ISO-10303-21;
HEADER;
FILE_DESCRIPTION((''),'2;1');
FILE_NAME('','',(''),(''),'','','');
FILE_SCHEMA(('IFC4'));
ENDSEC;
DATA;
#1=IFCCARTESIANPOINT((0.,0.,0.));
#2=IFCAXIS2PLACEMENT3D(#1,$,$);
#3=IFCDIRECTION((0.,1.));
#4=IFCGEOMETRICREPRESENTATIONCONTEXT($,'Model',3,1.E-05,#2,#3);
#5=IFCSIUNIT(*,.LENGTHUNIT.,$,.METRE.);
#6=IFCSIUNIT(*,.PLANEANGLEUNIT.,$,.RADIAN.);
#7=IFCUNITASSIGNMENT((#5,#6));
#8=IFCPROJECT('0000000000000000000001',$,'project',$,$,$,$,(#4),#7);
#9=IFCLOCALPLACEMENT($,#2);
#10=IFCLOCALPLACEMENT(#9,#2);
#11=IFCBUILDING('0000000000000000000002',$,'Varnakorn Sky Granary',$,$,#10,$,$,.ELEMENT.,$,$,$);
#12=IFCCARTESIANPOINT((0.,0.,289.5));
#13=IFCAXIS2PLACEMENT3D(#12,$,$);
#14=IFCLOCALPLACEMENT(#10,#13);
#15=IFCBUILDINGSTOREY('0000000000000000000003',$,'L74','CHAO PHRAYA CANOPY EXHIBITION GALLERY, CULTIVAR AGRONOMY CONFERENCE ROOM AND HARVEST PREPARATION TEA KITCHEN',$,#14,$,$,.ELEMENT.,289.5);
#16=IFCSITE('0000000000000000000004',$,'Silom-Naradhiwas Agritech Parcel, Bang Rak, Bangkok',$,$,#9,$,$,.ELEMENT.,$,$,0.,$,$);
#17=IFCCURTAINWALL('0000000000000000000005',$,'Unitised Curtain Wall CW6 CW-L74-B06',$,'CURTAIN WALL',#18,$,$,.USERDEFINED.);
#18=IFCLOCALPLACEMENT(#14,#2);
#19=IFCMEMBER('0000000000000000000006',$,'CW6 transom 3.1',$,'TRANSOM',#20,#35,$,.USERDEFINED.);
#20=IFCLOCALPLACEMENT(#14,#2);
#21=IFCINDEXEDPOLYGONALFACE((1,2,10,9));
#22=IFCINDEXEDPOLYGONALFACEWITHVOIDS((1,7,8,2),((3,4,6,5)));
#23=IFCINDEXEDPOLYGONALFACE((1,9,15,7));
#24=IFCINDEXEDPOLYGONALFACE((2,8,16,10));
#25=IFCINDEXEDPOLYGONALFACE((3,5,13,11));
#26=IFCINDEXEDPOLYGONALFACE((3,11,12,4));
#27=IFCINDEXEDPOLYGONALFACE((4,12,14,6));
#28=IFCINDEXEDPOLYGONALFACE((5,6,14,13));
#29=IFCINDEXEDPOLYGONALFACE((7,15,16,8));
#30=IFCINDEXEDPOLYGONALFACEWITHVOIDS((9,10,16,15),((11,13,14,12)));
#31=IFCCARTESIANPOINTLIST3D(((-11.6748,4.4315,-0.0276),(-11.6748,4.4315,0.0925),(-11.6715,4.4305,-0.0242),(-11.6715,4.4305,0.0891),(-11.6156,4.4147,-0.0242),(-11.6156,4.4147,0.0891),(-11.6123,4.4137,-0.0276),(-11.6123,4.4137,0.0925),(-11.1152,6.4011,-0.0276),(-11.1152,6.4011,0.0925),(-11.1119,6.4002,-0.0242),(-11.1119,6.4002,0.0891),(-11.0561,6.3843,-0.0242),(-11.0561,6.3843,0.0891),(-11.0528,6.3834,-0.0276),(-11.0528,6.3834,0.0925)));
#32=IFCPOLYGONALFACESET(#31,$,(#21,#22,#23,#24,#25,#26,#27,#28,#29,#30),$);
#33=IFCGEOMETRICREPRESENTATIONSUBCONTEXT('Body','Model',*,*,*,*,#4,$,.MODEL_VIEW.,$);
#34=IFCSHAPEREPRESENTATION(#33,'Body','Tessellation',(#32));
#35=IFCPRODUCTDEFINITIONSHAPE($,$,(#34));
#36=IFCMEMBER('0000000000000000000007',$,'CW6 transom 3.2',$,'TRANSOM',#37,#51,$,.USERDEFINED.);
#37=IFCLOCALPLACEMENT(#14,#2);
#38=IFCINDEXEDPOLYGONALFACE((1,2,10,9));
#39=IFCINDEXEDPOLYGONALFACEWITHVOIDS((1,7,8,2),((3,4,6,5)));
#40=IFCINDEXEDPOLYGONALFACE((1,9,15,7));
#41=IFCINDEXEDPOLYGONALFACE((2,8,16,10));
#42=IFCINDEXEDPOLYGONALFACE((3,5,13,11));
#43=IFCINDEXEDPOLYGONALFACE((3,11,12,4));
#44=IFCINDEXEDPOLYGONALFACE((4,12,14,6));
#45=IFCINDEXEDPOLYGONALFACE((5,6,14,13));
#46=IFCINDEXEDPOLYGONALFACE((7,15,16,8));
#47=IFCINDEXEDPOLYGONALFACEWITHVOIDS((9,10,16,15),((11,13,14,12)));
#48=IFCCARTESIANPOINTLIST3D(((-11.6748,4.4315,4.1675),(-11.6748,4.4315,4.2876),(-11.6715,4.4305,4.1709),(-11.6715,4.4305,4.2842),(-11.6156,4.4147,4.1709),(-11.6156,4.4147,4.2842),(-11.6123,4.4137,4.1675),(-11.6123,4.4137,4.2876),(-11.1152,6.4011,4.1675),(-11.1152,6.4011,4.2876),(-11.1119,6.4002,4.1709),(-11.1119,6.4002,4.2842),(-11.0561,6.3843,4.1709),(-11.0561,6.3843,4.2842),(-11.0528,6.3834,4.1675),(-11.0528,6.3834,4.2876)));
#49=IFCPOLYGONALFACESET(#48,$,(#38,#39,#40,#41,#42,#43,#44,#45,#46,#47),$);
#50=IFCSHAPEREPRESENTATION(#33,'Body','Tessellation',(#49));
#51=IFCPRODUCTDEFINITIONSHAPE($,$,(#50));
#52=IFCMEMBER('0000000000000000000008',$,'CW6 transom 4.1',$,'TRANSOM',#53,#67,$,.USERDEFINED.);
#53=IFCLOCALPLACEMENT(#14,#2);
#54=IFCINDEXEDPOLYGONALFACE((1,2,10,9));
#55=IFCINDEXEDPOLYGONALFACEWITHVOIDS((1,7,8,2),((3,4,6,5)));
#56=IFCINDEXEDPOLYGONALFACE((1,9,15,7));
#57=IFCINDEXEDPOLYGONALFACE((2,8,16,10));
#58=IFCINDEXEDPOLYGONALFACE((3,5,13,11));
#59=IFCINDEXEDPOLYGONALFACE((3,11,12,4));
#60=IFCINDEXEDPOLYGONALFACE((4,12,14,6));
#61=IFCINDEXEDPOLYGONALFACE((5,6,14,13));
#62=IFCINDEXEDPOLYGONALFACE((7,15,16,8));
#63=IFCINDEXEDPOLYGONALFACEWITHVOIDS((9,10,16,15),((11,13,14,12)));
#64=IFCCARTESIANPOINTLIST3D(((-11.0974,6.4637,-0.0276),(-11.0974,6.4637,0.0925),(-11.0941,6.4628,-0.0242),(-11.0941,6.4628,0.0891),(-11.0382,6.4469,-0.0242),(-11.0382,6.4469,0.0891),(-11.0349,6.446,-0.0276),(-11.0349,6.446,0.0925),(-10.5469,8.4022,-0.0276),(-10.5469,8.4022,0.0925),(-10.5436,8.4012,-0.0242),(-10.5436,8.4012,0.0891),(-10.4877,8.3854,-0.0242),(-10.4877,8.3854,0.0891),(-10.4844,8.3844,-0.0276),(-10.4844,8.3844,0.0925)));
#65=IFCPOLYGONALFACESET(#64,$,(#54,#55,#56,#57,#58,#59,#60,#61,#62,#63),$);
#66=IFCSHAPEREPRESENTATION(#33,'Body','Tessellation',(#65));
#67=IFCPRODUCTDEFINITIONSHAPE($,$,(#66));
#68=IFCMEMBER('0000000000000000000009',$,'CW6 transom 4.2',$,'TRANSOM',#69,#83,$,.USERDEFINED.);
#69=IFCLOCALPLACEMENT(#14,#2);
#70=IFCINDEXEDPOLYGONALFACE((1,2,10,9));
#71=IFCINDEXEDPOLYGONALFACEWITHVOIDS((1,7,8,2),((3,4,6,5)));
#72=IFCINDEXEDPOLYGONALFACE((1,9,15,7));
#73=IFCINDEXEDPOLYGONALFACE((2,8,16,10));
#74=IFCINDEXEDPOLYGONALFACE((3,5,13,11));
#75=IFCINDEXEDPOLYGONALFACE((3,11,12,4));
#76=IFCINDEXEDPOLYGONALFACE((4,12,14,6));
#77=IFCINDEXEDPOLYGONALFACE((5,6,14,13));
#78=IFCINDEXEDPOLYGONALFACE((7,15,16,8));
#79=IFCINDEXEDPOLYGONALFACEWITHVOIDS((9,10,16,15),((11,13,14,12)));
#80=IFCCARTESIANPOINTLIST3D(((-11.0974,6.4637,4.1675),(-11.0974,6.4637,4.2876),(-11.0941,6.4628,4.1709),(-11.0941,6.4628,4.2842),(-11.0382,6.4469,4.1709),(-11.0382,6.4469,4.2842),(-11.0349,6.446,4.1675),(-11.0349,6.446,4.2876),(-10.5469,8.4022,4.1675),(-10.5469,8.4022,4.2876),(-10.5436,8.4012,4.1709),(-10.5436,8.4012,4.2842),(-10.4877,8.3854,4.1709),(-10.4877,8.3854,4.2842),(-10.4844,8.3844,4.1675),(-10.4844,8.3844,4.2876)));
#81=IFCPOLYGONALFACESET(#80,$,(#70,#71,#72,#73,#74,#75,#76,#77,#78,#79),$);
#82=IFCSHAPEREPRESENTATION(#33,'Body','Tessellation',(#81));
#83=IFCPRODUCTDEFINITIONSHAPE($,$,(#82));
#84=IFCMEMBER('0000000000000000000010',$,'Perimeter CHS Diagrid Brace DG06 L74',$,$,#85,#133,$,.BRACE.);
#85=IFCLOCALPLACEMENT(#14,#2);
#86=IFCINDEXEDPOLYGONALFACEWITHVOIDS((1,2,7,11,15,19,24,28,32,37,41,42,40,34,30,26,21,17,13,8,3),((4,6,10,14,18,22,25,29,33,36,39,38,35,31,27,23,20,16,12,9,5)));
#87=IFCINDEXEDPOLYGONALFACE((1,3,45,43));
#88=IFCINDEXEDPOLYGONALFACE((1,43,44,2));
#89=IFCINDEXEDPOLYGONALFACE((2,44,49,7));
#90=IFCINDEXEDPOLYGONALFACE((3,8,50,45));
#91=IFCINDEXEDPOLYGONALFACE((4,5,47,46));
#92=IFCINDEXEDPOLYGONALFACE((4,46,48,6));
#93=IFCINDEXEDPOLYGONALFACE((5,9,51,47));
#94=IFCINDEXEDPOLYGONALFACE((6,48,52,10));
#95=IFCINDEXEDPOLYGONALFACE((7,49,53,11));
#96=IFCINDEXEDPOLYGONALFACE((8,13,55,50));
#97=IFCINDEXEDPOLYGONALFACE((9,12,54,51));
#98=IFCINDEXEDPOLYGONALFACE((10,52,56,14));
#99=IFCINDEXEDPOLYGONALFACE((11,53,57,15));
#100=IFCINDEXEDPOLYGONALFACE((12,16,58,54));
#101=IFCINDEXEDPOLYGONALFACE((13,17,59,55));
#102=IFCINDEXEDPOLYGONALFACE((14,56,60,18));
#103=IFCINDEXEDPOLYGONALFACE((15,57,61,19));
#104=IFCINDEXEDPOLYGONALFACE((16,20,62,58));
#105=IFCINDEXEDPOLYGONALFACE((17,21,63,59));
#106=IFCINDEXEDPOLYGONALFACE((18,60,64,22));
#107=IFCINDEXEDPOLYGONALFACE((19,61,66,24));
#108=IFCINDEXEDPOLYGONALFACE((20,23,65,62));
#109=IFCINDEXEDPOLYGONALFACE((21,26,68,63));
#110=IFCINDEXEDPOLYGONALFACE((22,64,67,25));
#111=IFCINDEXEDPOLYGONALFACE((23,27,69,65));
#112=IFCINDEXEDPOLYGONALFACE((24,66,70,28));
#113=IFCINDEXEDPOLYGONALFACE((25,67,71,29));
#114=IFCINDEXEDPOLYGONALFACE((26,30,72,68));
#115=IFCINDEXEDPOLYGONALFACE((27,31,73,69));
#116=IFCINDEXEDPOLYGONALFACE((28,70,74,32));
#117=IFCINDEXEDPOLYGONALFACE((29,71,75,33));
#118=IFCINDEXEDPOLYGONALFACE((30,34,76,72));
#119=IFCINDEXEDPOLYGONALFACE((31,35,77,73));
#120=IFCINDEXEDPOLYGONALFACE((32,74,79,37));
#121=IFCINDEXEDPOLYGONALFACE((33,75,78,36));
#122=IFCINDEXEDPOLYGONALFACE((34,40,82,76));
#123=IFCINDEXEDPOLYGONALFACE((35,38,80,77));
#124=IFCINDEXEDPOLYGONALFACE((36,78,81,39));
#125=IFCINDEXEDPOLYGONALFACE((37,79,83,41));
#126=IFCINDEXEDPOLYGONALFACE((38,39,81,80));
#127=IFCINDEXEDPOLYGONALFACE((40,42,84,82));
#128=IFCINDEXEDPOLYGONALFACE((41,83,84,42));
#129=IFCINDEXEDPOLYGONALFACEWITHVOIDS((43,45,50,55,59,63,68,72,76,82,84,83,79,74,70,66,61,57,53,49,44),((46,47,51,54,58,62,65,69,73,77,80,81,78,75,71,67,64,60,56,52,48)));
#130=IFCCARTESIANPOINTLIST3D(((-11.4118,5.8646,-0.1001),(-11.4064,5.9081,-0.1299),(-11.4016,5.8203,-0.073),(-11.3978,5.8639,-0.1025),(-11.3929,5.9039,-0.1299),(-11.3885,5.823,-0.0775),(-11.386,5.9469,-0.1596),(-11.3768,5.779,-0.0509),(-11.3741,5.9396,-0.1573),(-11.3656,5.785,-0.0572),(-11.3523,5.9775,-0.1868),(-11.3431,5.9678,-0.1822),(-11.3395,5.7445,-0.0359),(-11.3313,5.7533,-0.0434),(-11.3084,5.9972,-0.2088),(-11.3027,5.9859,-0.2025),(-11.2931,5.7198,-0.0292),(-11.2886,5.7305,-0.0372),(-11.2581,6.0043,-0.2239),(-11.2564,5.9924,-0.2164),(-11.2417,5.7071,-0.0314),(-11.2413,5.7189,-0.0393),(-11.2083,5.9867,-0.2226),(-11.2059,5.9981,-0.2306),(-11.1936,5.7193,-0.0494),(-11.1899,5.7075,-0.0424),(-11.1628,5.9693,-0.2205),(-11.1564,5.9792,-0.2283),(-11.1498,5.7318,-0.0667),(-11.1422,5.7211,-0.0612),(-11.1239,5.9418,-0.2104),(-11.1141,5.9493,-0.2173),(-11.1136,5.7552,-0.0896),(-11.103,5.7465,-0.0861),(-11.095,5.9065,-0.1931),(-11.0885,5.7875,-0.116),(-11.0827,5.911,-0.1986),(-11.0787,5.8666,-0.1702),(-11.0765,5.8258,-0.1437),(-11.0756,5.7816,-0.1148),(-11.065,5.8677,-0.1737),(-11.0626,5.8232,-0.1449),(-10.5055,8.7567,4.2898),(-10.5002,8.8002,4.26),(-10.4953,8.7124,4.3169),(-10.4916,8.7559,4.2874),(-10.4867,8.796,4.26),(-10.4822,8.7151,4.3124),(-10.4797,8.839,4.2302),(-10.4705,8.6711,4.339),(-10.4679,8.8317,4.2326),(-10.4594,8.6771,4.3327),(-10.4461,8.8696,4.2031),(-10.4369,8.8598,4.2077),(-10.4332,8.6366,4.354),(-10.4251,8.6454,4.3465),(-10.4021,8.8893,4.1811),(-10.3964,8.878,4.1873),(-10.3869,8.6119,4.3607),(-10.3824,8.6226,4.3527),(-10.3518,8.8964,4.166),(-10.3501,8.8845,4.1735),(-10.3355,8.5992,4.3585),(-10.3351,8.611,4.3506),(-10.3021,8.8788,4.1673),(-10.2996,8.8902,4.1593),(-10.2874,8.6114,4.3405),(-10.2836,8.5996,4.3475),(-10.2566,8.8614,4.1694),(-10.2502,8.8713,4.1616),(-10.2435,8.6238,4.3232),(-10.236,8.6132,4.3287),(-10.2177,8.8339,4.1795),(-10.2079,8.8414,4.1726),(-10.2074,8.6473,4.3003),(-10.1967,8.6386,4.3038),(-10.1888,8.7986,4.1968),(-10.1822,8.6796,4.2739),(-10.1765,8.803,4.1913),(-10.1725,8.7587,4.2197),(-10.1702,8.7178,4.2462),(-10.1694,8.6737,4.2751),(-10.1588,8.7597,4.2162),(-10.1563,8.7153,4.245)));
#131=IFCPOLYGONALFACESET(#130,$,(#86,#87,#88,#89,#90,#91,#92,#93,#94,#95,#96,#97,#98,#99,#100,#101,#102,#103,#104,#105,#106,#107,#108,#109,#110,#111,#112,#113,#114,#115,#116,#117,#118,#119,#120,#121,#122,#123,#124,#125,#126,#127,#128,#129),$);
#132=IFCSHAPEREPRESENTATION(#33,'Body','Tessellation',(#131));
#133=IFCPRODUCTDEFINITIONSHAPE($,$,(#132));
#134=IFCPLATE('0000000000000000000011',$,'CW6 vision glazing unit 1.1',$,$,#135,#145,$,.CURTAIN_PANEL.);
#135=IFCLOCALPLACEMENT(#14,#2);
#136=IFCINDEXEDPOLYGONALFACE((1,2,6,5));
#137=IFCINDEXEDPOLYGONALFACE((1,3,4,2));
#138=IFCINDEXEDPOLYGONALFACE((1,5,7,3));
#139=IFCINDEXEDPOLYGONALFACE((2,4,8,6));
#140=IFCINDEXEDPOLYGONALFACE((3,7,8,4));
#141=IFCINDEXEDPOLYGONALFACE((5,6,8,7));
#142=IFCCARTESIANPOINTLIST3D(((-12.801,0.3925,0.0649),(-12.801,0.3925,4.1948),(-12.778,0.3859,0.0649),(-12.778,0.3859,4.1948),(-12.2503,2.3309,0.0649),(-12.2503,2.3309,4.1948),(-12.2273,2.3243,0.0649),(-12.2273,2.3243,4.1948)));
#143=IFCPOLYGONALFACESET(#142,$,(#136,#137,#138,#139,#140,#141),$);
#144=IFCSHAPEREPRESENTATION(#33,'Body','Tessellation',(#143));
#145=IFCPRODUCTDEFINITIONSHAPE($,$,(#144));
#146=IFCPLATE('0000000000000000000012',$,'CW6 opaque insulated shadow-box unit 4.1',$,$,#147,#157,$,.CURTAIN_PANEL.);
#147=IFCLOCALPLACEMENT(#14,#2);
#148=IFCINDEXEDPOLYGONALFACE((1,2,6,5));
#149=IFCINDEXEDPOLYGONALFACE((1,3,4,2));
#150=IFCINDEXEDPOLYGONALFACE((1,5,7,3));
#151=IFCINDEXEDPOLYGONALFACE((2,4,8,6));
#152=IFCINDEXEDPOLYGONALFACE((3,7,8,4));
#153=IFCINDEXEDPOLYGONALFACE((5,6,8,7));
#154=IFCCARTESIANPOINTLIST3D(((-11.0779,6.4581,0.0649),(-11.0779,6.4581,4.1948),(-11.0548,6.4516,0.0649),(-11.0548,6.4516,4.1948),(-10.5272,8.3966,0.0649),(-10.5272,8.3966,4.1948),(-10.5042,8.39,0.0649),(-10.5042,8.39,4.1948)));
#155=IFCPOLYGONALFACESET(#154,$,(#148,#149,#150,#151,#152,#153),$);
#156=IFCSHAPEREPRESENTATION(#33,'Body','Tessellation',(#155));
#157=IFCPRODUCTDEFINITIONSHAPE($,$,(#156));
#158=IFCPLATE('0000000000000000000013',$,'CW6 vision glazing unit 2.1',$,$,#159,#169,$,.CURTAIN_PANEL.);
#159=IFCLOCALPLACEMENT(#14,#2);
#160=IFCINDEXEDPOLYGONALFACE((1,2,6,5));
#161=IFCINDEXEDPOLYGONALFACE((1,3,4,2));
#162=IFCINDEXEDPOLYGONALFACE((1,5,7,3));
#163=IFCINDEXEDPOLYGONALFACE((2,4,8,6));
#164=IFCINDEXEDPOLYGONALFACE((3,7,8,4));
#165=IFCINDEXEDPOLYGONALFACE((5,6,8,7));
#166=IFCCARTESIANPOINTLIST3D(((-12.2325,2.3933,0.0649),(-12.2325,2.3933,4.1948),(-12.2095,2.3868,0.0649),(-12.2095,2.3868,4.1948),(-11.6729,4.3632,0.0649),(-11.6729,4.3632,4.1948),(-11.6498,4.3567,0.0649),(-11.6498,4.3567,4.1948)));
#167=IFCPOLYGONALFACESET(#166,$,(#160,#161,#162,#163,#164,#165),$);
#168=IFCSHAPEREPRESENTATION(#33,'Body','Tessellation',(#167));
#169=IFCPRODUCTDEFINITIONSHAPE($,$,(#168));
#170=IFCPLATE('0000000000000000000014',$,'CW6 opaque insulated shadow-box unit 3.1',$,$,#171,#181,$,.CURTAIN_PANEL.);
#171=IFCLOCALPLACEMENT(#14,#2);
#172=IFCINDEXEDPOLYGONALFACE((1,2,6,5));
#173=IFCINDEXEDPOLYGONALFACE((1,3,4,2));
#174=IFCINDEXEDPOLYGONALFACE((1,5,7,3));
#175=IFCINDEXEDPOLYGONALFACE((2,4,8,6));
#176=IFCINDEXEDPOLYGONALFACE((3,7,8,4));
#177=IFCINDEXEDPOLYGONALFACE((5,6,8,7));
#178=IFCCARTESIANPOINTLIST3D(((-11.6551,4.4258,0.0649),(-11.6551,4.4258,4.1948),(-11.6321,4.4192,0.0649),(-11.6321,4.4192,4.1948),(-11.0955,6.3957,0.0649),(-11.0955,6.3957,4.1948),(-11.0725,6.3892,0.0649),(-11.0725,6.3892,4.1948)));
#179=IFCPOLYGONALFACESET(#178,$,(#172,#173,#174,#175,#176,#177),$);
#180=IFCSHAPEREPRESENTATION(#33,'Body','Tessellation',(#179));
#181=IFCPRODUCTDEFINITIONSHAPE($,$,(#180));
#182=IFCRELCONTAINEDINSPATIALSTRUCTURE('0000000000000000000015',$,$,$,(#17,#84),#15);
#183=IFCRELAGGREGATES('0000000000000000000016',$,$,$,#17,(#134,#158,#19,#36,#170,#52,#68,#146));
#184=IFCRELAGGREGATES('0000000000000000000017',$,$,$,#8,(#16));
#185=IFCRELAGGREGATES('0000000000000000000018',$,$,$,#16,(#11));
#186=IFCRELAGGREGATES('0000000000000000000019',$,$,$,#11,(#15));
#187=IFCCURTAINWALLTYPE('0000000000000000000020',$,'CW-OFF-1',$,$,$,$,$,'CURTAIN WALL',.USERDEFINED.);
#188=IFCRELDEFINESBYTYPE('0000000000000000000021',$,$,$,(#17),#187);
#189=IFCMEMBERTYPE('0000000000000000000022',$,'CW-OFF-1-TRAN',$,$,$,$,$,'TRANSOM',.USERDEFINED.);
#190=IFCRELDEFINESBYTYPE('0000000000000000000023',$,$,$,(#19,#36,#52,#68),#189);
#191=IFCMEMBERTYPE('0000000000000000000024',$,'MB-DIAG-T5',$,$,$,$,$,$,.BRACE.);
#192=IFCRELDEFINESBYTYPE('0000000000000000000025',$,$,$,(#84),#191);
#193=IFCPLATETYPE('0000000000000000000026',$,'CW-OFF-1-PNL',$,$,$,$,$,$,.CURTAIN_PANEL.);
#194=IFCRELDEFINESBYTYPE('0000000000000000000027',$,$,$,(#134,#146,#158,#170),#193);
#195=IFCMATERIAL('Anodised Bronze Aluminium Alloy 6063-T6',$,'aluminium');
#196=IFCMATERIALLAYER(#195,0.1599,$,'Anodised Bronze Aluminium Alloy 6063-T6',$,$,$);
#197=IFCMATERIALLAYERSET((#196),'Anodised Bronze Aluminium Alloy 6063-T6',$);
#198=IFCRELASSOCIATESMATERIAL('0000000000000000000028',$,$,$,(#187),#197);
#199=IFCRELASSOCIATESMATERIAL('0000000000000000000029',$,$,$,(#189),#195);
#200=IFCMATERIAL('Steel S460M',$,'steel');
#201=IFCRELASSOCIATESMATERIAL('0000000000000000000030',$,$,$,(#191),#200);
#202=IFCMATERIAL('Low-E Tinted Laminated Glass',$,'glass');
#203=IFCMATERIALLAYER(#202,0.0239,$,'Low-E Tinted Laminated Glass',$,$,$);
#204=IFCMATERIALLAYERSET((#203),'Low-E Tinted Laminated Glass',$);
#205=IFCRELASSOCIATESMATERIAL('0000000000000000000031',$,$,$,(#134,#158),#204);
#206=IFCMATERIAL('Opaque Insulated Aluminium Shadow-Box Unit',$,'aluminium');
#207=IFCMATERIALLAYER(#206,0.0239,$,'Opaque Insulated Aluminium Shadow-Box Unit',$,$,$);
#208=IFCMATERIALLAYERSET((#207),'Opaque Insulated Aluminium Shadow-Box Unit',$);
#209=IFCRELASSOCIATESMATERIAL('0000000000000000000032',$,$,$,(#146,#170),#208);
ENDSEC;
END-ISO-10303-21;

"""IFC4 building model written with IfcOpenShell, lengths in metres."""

from ifc_helpers import new_model, si_unit, direction, frame, origin, origin_2d, place, context, subcontext, project, spatial, rectangle, hollow_rectangle, hollow_circle, extrude, source, transform, mapped, material, layer, layer_set, material_profile, profile_set, type_object, type_shapes, element, aggregate, save


model = new_model("IFC4")

# Units and contexts
model_context = context("Model", 3, precision=1e-05, world=origin(), true_north=direction((0.0, 1.0)))
body_context = subcontext(model_context, "Body", "Model", "MODEL_VIEW")
ifc_project = project(units=[si_unit("LENGTHUNIT", "METRE"), si_unit("PLANEANGLEUNIT", "RADIAN")], contexts=[model_context])

# Site, building, storey
site_placement = place(None, origin())
site = spatial("IfcSite", under=ifc_project, at=site_placement, Name="Silom-Naradhiwas Agritech Parcel, Bang Rak, Bangkok", CompositionType="ELEMENT", RefElevation=0.0)
building_placement = place(site_placement, origin())
building = spatial("IfcBuilding", under=site, at=building_placement, Name="Varnakorn Sky Granary", CompositionType="ELEMENT")
storey_placement = place(building_placement, frame((0.0, 0.0, 289.5)))
storey = spatial("IfcBuildingStorey", under=building, at=storey_placement, Name="L74", Description="CHAO PHRAYA CANOPY EXHIBITION GALLERY, CULTIVAR AGRONOMY CONFERENCE ROOM AND HARVEST PREPARATION TEA KITCHEN", CompositionType="ELEMENT", Elevation=289.5)

# Curtain wall, members
ifc_material_1 = material(Name="Anodised Bronze Aluminium Alloy 6063-T6", Category="aluminium")
ifc_layer_1 = layer(ifc_material_1, 0.1599, Name="Anodised Bronze Aluminium Alloy 6063-T6")
ifc_layer_set_1 = layer_set([ifc_layer_1], Name="Anodised Bronze Aluminium Alloy 6063-T6")
curtain_wall_type = type_object("IfcCurtainWallType", Name="CW-OFF-1", ElementType="CURTAIN WALL", PredefinedType="USERDEFINED", material=ifc_layer_set_1)
curtain_wall_placement = place(storey_placement, origin())
curtain_wall = element("IfcCurtainWall", 1, at=curtain_wall_placement, inside=storey, type_object=curtain_wall_type, Name="Unitised Curtain Wall CW6 CW-L74-B06", ObjectType="CURTAIN WALL", PredefinedType="USERDEFINED")
ifc_material_profile_1 = material_profile(ifc_material_1, hollow_rectangle(XDim=0.0649, YDim=0.1201, WallThickness=0.0034, at=origin_2d()), Name="ALU TRAN 65x120")
ifc_profile_set_1 = profile_set([ifc_material_profile_1], Name="Anodised Bronze Aluminium Alloy 6063-T6")
member_type_1 = type_object("IfcMemberType", Name="CW-OFF-1-TRAN", ElementType="TRANSOM", PredefinedType="USERDEFINED", material=ifc_profile_set_1)
member_1_placement = place(storey_placement, frame((-11.6436, 4.4226, 0.0325), z_axis=(0.273272, 0.961937, 0.0), x_axis=(-0.961937, 0.273272, 0.0)))
member_1 = element("IfcMember", 2, at=member_1_placement, type_object=member_type_1, Name="CW6 transom 3.1", ObjectType="TRANSOM", PredefinedType="USERDEFINED", context=body_context, shape_type="SweptSolid", body=[
    extrude(hollow_rectangle(XDim=0.0649, YDim=0.1201, WallThickness=0.0034, at=origin_2d()), origin(), (0.0, 0.0, 1.0), 2.0476),
])
member_2_placement = place(storey_placement, frame((-11.6436, 4.4226, 4.2275), z_axis=(0.273272, 0.961937, 0.0), x_axis=(-0.961937, 0.273272, 0.0)))
member_2 = element("IfcMember", 3, at=member_2_placement, type_object=member_type_1, Name="CW6 transom 3.2", ObjectType="TRANSOM", PredefinedType="USERDEFINED", context=body_context, shape_type="SweptSolid", body=[
    extrude(hollow_rectangle(XDim=0.0649, YDim=0.1201, WallThickness=0.0034, at=origin_2d()), origin(), (0.0, 0.0, 1.0), 2.0476),
])
member_3_placement = place(storey_placement, frame((-11.0662, 6.4548, 0.0325), z_axis=(0.273201, 0.961957, 0.0), x_axis=(-0.961957, 0.273201, 0.0)))
member_3 = element("IfcMember", 4, at=member_3_placement, type_object=member_type_1, Name="CW6 transom 4.1", ObjectType="TRANSOM", PredefinedType="USERDEFINED", context=body_context, shape_type="SweptSolid", body=[
    extrude(hollow_rectangle(XDim=0.0649, YDim=0.1201, WallThickness=0.0034, at=origin_2d()), origin(), (0.0, 0.0, 1.0), 2.0151),
])
member_4_placement = place(storey_placement, frame((-11.0662, 6.4548, 4.2275), z_axis=(0.273201, 0.961957, 0.0), x_axis=(-0.961957, 0.273201, 0.0)))
member_4 = element("IfcMember", 5, at=member_4_placement, type_object=member_type_1, Name="CW6 transom 4.2", ObjectType="TRANSOM", PredefinedType="USERDEFINED", context=body_context, shape_type="SweptSolid", body=[
    extrude(hollow_rectangle(XDim=0.0649, YDim=0.1201, WallThickness=0.0034, at=origin_2d()), origin(), (0.0, 0.0, 1.0), 2.0151),
])

# Member
ifc_material_2 = material(Name="Steel S460M", Category="steel")
ifc_material_profile_2 = material_profile(ifc_material_2, hollow_circle(Radius=0.1777, WallThickness=0.0142, at=origin_2d()), Name="CHS 355.6x14")
ifc_profile_set_2 = profile_set([ifc_material_profile_2], Name="Steel S460M")
member_type_2 = type_object("IfcMemberType", Name="MB-DIAG-T5", PredefinedType="BRACE", material=ifc_profile_set_2)
member_5_placement = place(storey_placement, frame((-11.2368, 5.855, -0.1299), z_axis=(0.169885, 0.542151, 0.822929), x_axis=(-0.954247, 0.299018, 0.0)))
element("IfcMember", 6, at=member_5_placement, inside=storey, type_object=member_type_2, Name="Perimeter CHS Diagrid Brace DG06 L74", PredefinedType="BRACE", context=body_context, shape_type="SweptSolid", body=[
    extrude(hollow_circle(Radius=0.1777, WallThickness=0.0142, at=origin_2d()), origin(), (0.0, 0.0, 1.0), 5.3345),
])

# Plates
ifc_material_3 = material(Name="Low-E Tinted Laminated Glass", Category="glass")
ifc_layer_2 = layer(ifc_material_3, 0.0239, Name="Low-E Tinted Laminated Glass")
ifc_layer_set_2 = layer_set([ifc_layer_2], Name="Low-E Tinted Laminated Glass")
plate_type = type_object("IfcPlateType", Name="CW-OFF-1-PNL", PredefinedType="CURTAIN_PANEL")
shared_shape_1 = source(origin(), body_context, "Body", "SweptSolid", [
    extrude(rectangle(XDim=2.0151, YDim=0.0239, at=origin_2d()), origin(), (0.0, 0.0, 1.0), 4.1299),
])
plate_1_placement = place(storey_placement, frame((-12.5142, 1.3584, 0.0649), z_axis=(0.0, 0.0, 1.0), x_axis=(0.27327, 0.961937, 0.0)))
plate_1 = element("IfcPlate", 7, at=plate_1_placement, type_object=plate_type, material=ifc_layer_set_2, Name="CW6 vision glazing unit 1.1", PredefinedType="CURTAIN_PANEL", context=body_context, shape_type="MappedRepresentation", body=[
    mapped(shared_shape_1, transform((0.0, 0.0, 0.0), x_axis=(1.0, 0.0, 0.0), y_axis=(0.0, 1.0, 0.0), z_axis=(0.0, 0.0, 1.0), scale=1.0)),
])
ifc_material_4 = material(Name="Opaque Insulated Aluminium Shadow-Box Unit", Category="aluminium")
ifc_layer_3 = layer(ifc_material_4, 0.0239, Name="Opaque Insulated Aluminium Shadow-Box Unit")
ifc_layer_set_3 = layer_set([ifc_layer_3], Name="Opaque Insulated Aluminium Shadow-Box Unit")
plate_2_placement = place(storey_placement, frame((-10.791, 7.4241, 0.0649), z_axis=(0.0, 0.0, 1.0), x_axis=(0.27327, 0.961937, 0.0)))
plate_2 = element("IfcPlate", 8, at=plate_2_placement, type_object=plate_type, material=ifc_layer_set_3, Name="CW6 opaque insulated shadow-box unit 4.1", PredefinedType="CURTAIN_PANEL", context=body_context, shape_type="MappedRepresentation", body=[
    mapped(shared_shape_1, transform((0.0, 0.0, 0.0), x_axis=(1.0, 0.0, 0.0), y_axis=(0.0, 1.0, 0.0), z_axis=(0.0, 0.0, 1.0), scale=1.0)),
])
shared_shape_2 = source(origin(), body_context, "Body", "SweptSolid", [
    extrude(rectangle(XDim=2.0479, YDim=0.0239, at=origin_2d()), origin(), (0.0, 0.0, 1.0), 4.1299),
])
type_shapes(plate_type, [shared_shape_1, shared_shape_2])
plate_3_placement = place(storey_placement, frame((-11.9412, 3.375, 0.0649), z_axis=(0.0, 0.0, 1.0), x_axis=(0.27327, 0.961937, 0.0)))
plate_3 = element("IfcPlate", 9, at=plate_3_placement, type_object=plate_type, material=ifc_layer_set_2, Name="CW6 vision glazing unit 2.1", PredefinedType="CURTAIN_PANEL", context=body_context, shape_type="MappedRepresentation", body=[
    mapped(shared_shape_2, transform((0.0, 0.0, 0.0), x_axis=(1.0, 0.0, 0.0), y_axis=(0.0, 1.0, 0.0), z_axis=(0.0, 0.0, 1.0), scale=1.0)),
])
plate_4_placement = place(storey_placement, frame((-11.3638, 5.4075, 0.0649), z_axis=(0.0, 0.0, 1.0), x_axis=(0.27327, 0.961937, 0.0)))
plate_4 = element("IfcPlate", 10, at=plate_4_placement, type_object=plate_type, material=ifc_layer_set_3, Name="CW6 opaque insulated shadow-box unit 3.1", PredefinedType="CURTAIN_PANEL", context=body_context, shape_type="MappedRepresentation", body=[
    mapped(shared_shape_2, transform((0.0, 0.0, 0.0), x_axis=(1.0, 0.0, 0.0), y_axis=(0.0, 1.0, 0.0), z_axis=(0.0, 0.0, 1.0), scale=1.0)),
])
aggregate(curtain_wall, [plate_1, plate_3, member_1, member_2, plate_4, member_3, member_4, plate_2])

save(model, "model.ifc")
